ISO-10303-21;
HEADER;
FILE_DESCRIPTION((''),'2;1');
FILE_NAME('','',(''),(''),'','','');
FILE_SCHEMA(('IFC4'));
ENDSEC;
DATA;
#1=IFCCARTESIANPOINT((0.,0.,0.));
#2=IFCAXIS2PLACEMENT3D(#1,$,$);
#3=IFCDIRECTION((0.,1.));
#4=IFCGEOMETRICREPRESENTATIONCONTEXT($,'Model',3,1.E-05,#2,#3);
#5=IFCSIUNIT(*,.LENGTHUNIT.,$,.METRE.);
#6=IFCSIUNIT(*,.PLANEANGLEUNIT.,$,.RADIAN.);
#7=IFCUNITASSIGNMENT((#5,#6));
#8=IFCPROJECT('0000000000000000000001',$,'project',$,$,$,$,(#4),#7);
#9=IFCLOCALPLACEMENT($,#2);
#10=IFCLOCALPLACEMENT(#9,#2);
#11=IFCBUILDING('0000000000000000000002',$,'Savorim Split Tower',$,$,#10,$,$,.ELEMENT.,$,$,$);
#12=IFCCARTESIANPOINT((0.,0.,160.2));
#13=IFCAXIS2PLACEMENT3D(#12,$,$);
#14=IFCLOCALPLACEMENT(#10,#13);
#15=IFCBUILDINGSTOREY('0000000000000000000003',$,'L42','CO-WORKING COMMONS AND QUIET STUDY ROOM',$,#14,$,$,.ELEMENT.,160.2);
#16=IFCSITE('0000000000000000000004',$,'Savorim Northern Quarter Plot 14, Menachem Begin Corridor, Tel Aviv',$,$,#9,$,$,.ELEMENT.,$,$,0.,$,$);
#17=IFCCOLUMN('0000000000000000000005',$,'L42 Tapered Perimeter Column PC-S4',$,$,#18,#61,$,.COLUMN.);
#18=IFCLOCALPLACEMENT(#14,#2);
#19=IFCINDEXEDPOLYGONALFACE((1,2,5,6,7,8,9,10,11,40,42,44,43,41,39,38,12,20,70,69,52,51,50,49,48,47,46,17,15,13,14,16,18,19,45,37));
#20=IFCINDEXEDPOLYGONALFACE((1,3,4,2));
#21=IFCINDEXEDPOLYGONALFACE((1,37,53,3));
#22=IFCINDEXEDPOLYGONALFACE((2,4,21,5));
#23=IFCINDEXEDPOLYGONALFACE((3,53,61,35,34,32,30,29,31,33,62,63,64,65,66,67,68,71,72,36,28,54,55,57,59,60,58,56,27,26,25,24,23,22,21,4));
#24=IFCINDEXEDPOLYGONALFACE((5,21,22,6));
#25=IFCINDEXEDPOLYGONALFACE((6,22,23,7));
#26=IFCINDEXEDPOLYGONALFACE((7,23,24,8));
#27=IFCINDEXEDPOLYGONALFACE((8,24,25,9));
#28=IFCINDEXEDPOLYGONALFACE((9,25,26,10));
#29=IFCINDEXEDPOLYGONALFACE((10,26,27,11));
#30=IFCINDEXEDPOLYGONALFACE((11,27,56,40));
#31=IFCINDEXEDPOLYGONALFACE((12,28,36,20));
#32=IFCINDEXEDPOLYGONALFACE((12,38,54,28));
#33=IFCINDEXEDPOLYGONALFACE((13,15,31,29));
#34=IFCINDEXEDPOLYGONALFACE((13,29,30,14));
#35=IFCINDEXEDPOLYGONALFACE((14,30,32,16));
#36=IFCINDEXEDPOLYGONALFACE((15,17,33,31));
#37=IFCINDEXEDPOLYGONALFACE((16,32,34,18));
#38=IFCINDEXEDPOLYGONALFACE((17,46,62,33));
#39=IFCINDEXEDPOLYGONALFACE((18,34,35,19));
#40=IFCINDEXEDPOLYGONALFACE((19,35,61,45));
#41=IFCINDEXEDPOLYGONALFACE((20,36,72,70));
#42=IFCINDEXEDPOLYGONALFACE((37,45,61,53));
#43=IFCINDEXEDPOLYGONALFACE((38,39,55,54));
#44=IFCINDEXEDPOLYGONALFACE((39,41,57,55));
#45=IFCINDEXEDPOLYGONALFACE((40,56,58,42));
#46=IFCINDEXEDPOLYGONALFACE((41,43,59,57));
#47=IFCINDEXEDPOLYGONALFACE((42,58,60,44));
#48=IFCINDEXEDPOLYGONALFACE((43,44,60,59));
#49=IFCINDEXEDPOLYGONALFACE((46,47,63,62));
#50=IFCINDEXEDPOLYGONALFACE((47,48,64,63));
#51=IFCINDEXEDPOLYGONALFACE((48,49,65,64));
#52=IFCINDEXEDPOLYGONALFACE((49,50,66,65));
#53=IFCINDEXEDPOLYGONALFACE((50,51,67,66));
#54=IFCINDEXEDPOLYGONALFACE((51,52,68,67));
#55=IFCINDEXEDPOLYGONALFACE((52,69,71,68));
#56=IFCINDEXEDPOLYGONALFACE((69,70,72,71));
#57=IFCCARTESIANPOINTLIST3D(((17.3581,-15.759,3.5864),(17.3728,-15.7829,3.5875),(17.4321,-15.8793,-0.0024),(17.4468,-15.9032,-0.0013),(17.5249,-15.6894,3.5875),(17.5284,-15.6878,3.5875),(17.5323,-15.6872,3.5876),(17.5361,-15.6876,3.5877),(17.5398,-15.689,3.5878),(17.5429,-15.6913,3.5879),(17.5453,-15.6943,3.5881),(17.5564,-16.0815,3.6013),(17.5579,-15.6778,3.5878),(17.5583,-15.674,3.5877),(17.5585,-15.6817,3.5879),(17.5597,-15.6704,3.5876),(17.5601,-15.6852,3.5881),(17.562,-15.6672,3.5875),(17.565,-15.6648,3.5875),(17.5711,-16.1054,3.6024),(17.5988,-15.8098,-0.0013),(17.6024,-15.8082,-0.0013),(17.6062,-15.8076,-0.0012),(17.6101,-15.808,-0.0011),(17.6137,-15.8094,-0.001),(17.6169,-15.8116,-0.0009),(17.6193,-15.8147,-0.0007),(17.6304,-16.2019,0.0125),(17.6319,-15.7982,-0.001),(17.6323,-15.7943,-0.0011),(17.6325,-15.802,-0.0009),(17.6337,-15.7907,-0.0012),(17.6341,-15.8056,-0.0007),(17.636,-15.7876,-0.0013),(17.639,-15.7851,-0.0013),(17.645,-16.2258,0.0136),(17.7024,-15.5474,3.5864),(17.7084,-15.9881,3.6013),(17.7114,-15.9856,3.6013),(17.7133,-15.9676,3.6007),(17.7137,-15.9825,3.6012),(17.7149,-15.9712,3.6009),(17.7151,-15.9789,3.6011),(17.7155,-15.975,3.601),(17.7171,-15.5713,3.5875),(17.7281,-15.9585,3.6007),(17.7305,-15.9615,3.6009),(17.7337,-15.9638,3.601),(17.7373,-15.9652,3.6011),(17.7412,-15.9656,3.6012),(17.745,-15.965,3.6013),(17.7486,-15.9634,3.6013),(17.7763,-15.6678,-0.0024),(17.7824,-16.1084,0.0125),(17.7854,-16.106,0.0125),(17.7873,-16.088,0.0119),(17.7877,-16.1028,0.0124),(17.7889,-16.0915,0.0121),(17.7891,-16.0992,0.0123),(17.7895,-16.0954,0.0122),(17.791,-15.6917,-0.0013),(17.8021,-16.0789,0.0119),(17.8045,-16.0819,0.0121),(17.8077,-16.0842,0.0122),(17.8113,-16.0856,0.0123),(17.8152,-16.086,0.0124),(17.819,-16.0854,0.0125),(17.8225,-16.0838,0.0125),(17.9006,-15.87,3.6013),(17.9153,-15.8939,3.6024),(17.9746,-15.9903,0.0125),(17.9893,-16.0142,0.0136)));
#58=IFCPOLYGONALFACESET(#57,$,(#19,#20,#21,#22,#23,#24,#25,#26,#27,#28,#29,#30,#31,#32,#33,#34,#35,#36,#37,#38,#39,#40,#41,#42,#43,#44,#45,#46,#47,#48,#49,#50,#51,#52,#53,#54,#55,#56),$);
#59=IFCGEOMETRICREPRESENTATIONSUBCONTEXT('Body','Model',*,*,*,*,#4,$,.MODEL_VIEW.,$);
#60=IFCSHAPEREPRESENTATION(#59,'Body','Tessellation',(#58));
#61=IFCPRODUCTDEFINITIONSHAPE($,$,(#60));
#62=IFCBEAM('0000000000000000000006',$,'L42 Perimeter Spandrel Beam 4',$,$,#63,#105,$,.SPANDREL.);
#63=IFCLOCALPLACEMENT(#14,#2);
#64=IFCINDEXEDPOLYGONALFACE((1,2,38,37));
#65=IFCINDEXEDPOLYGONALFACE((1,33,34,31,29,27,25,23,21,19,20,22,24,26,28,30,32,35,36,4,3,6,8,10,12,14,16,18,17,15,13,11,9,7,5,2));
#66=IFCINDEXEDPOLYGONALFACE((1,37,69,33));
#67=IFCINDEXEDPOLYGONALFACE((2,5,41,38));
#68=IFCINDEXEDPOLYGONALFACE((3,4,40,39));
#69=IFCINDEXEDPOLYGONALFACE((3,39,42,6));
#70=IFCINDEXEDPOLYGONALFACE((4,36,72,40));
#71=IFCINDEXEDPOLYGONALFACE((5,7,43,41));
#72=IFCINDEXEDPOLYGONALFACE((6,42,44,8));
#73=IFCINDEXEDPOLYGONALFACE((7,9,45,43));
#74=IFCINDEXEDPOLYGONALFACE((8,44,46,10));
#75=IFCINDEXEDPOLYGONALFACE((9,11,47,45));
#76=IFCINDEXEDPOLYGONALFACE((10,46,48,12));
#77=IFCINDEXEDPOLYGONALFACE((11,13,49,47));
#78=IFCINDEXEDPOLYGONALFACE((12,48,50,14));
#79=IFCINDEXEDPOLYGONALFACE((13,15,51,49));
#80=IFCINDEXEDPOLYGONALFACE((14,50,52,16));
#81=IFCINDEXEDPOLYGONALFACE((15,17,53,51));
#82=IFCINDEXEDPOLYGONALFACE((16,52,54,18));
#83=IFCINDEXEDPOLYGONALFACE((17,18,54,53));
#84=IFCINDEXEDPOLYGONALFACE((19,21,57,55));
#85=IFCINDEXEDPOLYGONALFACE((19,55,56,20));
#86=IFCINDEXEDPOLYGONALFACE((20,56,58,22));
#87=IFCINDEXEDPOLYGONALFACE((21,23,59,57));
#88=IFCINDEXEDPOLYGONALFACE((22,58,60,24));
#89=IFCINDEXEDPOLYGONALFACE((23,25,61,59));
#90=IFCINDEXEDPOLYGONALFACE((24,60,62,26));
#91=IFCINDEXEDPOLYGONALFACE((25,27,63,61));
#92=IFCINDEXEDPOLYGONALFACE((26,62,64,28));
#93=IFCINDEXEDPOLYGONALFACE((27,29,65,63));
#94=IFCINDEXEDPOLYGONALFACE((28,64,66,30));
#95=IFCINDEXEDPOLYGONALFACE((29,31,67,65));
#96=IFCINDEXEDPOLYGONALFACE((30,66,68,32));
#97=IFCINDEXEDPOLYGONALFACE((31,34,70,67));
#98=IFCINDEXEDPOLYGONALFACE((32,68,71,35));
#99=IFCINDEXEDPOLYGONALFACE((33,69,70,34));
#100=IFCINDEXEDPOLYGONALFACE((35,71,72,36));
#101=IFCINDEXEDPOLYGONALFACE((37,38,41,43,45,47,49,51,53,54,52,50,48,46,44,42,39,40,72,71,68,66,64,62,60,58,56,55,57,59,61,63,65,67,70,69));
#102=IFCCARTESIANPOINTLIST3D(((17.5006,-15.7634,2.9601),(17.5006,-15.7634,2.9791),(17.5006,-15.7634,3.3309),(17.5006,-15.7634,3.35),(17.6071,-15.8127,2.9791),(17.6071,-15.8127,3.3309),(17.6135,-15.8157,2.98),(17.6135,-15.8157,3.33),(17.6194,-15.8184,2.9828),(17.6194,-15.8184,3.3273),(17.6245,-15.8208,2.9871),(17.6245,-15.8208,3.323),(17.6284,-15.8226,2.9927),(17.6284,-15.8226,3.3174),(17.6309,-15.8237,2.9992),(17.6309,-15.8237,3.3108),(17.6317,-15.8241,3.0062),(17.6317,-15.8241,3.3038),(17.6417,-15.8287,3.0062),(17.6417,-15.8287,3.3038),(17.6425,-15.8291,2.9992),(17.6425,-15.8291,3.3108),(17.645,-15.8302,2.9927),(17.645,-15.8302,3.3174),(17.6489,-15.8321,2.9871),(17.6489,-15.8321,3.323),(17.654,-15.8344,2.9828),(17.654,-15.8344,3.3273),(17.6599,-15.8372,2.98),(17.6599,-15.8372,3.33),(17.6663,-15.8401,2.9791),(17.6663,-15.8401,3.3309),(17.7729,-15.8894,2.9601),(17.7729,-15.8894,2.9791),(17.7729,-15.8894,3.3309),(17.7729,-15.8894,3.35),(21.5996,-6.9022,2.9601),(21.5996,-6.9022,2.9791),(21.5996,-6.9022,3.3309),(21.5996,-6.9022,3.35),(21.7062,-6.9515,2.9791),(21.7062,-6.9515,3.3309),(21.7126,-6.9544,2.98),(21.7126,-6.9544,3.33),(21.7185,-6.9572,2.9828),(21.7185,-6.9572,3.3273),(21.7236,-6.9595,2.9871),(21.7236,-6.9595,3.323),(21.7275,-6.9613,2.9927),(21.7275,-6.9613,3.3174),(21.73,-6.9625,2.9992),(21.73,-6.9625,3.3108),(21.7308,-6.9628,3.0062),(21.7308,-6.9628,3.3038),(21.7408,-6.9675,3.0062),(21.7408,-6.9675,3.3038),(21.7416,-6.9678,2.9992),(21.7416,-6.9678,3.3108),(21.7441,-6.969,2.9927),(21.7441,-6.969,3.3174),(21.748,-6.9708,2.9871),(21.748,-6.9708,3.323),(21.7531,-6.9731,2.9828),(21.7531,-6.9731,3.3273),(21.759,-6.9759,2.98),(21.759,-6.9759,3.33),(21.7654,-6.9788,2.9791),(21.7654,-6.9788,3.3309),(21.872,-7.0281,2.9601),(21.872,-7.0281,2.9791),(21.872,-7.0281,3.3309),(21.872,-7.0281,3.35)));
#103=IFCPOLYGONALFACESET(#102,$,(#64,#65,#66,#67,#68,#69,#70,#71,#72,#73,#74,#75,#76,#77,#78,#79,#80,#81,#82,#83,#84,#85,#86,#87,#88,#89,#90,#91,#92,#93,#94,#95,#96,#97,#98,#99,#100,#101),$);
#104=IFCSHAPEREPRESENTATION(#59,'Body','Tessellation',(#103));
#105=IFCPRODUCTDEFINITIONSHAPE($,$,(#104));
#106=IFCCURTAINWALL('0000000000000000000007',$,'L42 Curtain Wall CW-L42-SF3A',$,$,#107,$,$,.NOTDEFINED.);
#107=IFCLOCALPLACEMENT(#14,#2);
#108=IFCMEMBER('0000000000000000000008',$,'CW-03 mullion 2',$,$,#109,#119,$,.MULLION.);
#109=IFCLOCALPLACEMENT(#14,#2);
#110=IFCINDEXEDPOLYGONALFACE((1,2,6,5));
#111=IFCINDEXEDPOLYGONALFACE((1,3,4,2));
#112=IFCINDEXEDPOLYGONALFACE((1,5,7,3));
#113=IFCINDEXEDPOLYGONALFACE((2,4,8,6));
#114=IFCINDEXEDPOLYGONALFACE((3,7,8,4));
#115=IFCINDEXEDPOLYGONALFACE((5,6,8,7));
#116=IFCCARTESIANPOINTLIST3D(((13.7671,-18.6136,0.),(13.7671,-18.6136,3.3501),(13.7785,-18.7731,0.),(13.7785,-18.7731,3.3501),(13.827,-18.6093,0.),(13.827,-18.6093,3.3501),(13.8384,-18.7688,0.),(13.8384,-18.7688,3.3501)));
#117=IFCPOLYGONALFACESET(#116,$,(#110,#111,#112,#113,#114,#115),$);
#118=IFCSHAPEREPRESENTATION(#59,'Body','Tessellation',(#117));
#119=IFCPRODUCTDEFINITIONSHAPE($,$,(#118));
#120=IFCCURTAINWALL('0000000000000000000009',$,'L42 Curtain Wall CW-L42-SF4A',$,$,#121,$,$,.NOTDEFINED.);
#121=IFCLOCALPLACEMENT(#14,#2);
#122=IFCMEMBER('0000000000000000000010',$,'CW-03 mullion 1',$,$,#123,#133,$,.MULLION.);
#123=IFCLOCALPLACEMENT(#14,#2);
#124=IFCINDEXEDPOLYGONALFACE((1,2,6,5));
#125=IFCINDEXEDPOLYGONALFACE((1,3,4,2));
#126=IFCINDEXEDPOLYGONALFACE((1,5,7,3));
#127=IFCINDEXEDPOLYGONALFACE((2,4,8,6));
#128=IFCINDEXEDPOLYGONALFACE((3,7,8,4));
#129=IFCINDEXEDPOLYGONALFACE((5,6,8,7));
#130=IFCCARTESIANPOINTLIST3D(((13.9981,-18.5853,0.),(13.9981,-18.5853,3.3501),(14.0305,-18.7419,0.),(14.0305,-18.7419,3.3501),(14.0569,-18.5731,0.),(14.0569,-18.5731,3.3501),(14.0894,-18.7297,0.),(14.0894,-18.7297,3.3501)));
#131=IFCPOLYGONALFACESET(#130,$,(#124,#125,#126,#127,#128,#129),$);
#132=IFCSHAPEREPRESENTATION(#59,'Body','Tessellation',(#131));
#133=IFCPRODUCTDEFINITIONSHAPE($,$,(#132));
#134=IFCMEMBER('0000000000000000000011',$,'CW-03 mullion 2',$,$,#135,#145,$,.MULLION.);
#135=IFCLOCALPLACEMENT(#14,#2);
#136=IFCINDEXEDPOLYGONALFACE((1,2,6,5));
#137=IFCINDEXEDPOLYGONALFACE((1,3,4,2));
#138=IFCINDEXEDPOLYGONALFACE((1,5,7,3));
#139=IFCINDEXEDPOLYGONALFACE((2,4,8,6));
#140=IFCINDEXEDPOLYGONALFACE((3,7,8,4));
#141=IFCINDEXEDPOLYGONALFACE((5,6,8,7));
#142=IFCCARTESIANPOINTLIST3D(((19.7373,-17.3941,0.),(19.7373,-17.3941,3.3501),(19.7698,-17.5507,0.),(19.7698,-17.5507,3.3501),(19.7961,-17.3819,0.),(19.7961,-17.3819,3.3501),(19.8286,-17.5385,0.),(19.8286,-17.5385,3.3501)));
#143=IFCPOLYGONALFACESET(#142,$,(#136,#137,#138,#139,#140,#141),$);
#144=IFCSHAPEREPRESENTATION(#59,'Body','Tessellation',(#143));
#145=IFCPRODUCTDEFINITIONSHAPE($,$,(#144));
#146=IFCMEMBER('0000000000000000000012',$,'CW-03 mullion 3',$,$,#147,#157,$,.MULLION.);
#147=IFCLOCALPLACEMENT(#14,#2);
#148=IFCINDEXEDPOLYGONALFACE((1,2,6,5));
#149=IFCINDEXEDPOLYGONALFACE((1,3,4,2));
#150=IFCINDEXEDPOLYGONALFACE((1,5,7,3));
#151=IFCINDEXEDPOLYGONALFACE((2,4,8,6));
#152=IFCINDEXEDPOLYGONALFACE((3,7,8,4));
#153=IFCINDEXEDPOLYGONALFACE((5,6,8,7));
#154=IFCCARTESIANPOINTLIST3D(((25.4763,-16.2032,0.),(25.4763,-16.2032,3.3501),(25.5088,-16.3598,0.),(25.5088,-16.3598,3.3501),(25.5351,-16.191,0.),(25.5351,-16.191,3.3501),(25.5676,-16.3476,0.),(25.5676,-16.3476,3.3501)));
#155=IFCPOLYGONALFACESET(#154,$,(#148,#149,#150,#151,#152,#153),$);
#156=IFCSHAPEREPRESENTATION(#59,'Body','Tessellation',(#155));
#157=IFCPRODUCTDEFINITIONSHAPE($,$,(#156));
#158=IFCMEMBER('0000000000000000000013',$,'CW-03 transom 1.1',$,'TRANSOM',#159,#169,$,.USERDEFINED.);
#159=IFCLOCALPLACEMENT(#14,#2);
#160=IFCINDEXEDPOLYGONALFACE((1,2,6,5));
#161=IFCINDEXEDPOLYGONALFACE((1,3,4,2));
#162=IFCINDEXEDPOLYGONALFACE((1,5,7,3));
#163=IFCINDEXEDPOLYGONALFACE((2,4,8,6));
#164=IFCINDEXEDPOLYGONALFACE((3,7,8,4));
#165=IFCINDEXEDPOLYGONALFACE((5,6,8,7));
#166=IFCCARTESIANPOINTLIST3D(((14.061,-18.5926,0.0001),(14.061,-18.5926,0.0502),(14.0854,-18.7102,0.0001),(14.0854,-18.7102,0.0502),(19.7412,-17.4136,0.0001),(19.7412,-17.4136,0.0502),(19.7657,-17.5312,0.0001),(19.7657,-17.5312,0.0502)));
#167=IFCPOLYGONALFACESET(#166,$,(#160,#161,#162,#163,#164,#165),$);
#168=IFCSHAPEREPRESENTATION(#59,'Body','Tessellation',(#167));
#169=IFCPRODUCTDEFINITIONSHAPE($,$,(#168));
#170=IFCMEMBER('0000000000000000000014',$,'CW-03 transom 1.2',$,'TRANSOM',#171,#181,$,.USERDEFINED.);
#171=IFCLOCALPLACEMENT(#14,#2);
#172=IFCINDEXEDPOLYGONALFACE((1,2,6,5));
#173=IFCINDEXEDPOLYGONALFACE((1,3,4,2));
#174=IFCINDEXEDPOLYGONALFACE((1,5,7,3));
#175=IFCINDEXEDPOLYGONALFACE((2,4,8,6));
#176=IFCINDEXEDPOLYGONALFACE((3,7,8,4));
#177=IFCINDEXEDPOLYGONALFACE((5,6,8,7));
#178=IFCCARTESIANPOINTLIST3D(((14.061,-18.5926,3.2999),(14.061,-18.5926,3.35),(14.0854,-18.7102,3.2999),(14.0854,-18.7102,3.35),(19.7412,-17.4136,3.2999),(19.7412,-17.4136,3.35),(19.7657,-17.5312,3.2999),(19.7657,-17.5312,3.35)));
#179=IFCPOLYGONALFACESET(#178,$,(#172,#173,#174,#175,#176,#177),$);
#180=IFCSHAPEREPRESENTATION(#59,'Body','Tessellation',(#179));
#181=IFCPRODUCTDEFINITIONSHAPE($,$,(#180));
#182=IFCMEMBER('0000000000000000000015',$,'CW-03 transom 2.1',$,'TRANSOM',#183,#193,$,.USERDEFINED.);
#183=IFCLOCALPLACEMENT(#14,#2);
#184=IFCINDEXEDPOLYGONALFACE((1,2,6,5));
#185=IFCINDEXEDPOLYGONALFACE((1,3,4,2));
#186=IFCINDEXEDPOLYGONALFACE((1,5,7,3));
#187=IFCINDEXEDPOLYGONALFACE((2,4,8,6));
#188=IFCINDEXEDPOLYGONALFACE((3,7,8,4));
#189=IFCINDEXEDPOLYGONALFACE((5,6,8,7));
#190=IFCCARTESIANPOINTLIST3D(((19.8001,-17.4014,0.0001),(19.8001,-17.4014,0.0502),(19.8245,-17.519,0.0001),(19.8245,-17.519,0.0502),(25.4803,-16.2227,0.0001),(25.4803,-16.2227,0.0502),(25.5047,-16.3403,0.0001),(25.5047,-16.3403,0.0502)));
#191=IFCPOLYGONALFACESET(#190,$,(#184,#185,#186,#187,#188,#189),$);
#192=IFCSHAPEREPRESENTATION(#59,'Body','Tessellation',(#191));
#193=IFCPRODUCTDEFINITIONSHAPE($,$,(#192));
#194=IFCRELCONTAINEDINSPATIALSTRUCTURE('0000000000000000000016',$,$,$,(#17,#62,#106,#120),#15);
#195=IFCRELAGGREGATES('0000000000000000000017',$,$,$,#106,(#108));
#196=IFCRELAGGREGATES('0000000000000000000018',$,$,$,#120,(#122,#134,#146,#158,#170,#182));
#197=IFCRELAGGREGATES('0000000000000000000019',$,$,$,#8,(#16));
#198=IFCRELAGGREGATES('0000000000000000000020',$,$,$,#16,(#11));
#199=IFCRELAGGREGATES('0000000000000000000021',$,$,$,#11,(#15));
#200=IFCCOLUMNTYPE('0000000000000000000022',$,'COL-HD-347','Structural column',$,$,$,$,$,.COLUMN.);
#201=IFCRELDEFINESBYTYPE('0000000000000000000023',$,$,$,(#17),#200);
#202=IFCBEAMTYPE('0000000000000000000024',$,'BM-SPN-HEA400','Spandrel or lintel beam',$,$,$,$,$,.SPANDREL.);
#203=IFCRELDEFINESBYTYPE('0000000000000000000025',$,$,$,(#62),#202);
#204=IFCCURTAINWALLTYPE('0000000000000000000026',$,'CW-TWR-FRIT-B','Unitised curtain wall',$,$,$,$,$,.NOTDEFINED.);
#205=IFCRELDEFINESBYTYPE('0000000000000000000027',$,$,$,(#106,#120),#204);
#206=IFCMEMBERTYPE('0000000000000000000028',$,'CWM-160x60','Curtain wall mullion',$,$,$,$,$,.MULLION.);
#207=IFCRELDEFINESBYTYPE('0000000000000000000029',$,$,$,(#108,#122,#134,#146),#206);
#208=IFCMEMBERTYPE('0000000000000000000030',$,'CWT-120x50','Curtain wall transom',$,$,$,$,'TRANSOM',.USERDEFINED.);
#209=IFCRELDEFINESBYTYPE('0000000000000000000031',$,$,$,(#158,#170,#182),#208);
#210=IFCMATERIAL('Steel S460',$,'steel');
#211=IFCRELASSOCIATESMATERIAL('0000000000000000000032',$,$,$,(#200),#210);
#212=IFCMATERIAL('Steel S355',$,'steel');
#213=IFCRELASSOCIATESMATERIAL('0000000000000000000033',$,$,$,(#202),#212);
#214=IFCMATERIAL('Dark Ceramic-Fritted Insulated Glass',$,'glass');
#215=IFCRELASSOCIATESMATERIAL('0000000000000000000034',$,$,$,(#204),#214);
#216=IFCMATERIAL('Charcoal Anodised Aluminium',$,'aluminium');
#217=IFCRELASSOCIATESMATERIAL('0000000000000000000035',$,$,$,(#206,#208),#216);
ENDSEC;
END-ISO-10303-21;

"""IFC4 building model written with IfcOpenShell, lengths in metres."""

from ifc_helpers import new_model, si_unit, direction, frame, origin, origin_2d, place, context, subcontext, project, spatial, rectangle, i_section, extrude, material, material_profile, profile_set, type_object, element, aggregate, save


model = new_model("IFC4")

# Units and contexts
model_context = context("Model", 3, precision=1e-05, world=origin(), true_north=direction((0.0, 1.0)))
body_context = subcontext(model_context, "Body", "Model", "MODEL_VIEW")
ifc_project = project(units=[si_unit("LENGTHUNIT", "METRE"), si_unit("PLANEANGLEUNIT", "RADIAN")], contexts=[model_context])

# Site, building, storey
site_placement = place(None, origin())
site = spatial("IfcSite", under=ifc_project, at=site_placement, Name="Savorim Northern Quarter Plot 14, Menachem Begin Corridor, Tel Aviv", CompositionType="ELEMENT", RefElevation=0.0)
building_placement = place(site_placement, origin())
building = spatial("IfcBuilding", under=site, at=building_placement, Name="Savorim Split Tower", CompositionType="ELEMENT")
storey_placement = place(building_placement, frame((0.0, 0.0, 160.2)))
storey = spatial("IfcBuildingStorey", under=building, at=storey_placement, Name="L42", Description="CO-WORKING COMMONS AND QUIET STUDY ROOM", CompositionType="ELEMENT", Elevation=160.2)

# Column
ifc_material_1 = material(Name="Steel S460", Category="steel")
ifc_material_profile_1 = material_profile(ifc_material_1, i_section(OverallWidth=0.4041, OverallDepth=0.407, WebThickness=0.0173, FlangeThickness=0.0281, FilletRadius=0.0149, at=origin_2d()), Name="HD 400x347")
ifc_profile_set_1 = profile_set([ifc_material_profile_1], Name="Steel S460")
column_type = type_object("IfcColumnType", Name="COL-HD-347", Description="Structural column", PredefinedType="COLUMN", material=ifc_profile_set_1)
column_placement = place(storey_placement, frame((17.7107, -15.9468, 0.0056), z_axis=(-0.020596, 0.033511, 0.999226), x_axis=(-0.851955, -0.523615, 0.0)))
element("IfcColumn", 1, at=column_placement, inside=storey, type_object=column_type, Name="L42 Tapered Perimeter Column PC-S4", PredefinedType="COLUMN", context=body_context, shape_type="SweptSolid", body=[
    extrude(i_section(OverallWidth=0.4041, OverallDepth=0.407, WebThickness=0.0173, FlangeThickness=0.0281, FilletRadius=0.0149, at=origin_2d()), origin(), (0.0, 0.0, 1.0), 3.5916),
])

# Beam
ifc_material_2 = material(Name="Steel S355", Category="steel")
ifc_material_profile_2 = material_profile(ifc_material_2, i_section(OverallWidth=0.3, OverallDepth=0.3899, WebThickness=0.011, FlangeThickness=0.019, FilletRadius=0.0271, at=origin_2d()), Name="HEA 400")
ifc_profile_set_2 = profile_set([ifc_material_profile_2], Name="Steel S355")
beam_type = type_object("IfcBeamType", Name="BM-SPN-HEA400", Description="Spandrel or lintel beam", PredefinedType="SPANDREL", material=ifc_profile_set_2)
beam_placement = place(storey_placement, frame((17.6367, -15.8264, 3.155), z_axis=(0.419841, 0.907598, 0.0), x_axis=(-0.907598, 0.419841, 0.0)))
element("IfcBeam", 2, at=beam_placement, inside=storey, type_object=beam_type, Name="L42 Perimeter Spandrel Beam 4", PredefinedType="SPANDREL", context=body_context, shape_type="SweptSolid", body=[
    extrude(i_section(OverallWidth=0.3, OverallDepth=0.3899, WebThickness=0.011, FlangeThickness=0.019, FilletRadius=0.0271, at=origin_2d()), origin(), (0.0, 0.0, 1.0), 9.7634),
])

# Curtain wall, member
ifc_material_3 = material(Name="Dark Ceramic-Fritted Insulated Glass", Category="glass")
curtain_wall_type = type_object("IfcCurtainWallType", Name="CW-TWR-FRIT-B", Description="Unitised curtain wall", PredefinedType="NOTDEFINED", material=ifc_material_3)
curtain_wall_1_placement = place(storey_placement, origin())
curtain_wall_1 = element("IfcCurtainWall", 3, at=curtain_wall_1_placement, inside=storey, type_object=curtain_wall_type, Name="L42 Curtain Wall CW-L42-SF3A", PredefinedType="NOTDEFINED")
ifc_material_4 = material(Name="Charcoal Anodised Aluminium", Category="aluminium")
ifc_material_profile_3 = material_profile(ifc_material_4, rectangle(XDim=0.1599, YDim=0.0601, at=origin_2d()), Name="ALU-M 160x60")
ifc_profile_set_3 = profile_set([ifc_material_profile_3], Name="Charcoal Anodised Aluminium")
member_type_1 = type_object("IfcMemberType", Name="CWM-160x60", Description="Curtain wall mullion", PredefinedType="MULLION", material=ifc_profile_set_3)
member_1_placement = place(storey_placement, frame((13.8027, -18.6912, 0.0), z_axis=(0.0, 0.0, 1.0), x_axis=(-0.071553, 0.997437, 0.0)))
member_1 = element("IfcMember", 4, at=member_1_placement, type_object=member_type_1, Name="CW-03 mullion 2", PredefinedType="MULLION", context=body_context, shape_type="SweptSolid", body=[
    extrude(rectangle(XDim=0.1599, YDim=0.0601, at=origin_2d()), origin(), (0.0, 0.0, 1.0), 3.3501),
])
aggregate(curtain_wall_1, [member_1])

# Curtain wall, members
curtain_wall_2_placement = place(storey_placement, origin())
curtain_wall_2 = element("IfcCurtainWall", 5, at=curtain_wall_2_placement, inside=storey, type_object=curtain_wall_type, Name="L42 Curtain Wall CW-L42-SF4A", PredefinedType="NOTDEFINED")
member_2_placement = place(storey_placement, frame((14.0437, -18.6575, 0.0), z_axis=(0.0, 0.0, 1.0), x_axis=(-0.203212, 0.979135, 0.0)))
member_2 = element("IfcMember", 6, at=member_2_placement, type_object=member_type_1, Name="CW-03 mullion 1", PredefinedType="MULLION", context=body_context, shape_type="SweptSolid", body=[
    extrude(rectangle(XDim=0.1599, YDim=0.0601, at=origin_2d()), origin(), (0.0, 0.0, 1.0), 3.3501),
])
member_3_placement = place(storey_placement, frame((19.783, -17.4663, 0.0), z_axis=(0.0, 0.0, 1.0), x_axis=(-0.203212, 0.979135, 0.0)))
member_3 = element("IfcMember", 7, at=member_3_placement, type_object=member_type_1, Name="CW-03 mullion 2", PredefinedType="MULLION", context=body_context, shape_type="SweptSolid", body=[
    extrude(rectangle(XDim=0.1599, YDim=0.0601, at=origin_2d()), origin(), (0.0, 0.0, 1.0), 3.3501),
])
member_4_placement = place(storey_placement, frame((25.522, -16.2754, 0.0), z_axis=(0.0, 0.0, 1.0), x_axis=(-0.203212, 0.979135, 0.0)))
member_4 = element("IfcMember", 8, at=member_4_placement, type_object=member_type_1, Name="CW-03 mullion 3", PredefinedType="MULLION", context=body_context, shape_type="SweptSolid", body=[
    extrude(rectangle(XDim=0.1599, YDim=0.0601, at=origin_2d()), origin(), (0.0, 0.0, 1.0), 3.3501),
])
ifc_material_profile_4 = material_profile(ifc_material_4, rectangle(XDim=0.1201, YDim=0.05, at=origin_2d()), Name="ALU-T 120x50")
ifc_profile_set_4 = profile_set([ifc_material_profile_4], Name="Charcoal Anodised Aluminium")
member_type_2 = type_object("IfcMemberType", Name="CWT-120x50", Description="Curtain wall transom", ElementType="TRANSOM", PredefinedType="USERDEFINED", material=ifc_profile_set_4)
member_5_placement = place(storey_placement, frame((14.0732, -18.6514, 0.0251), z_axis=(0.979132, 0.203225, 0.0), x_axis=(-0.203225, 0.979132, 0.0)))
member_5 = element("IfcMember", 9, at=member_5_placement, type_object=member_type_2, Name="CW-03 transom 1.1", ObjectType="TRANSOM", PredefinedType="USERDEFINED", context=body_context, shape_type="SweptSolid", body=[
    extrude(rectangle(XDim=0.1201, YDim=0.05, at=origin_2d()), origin(), (0.0, 0.0, 1.0), 5.8013),
])
member_6_placement = place(storey_placement, frame((14.0732, -18.6514, 3.325), z_axis=(0.979132, 0.203225, 0.0), x_axis=(-0.203225, 0.979132, 0.0)))
member_6 = element("IfcMember", 10, at=member_6_placement, type_object=member_type_2, Name="CW-03 transom 1.2", ObjectType="TRANSOM", PredefinedType="USERDEFINED", context=body_context, shape_type="SweptSolid", body=[
    extrude(rectangle(XDim=0.1201, YDim=0.05, at=origin_2d()), origin(), (0.0, 0.0, 1.0), 5.8013),
])
member_7_placement = place(storey_placement, frame((19.8123, -17.4602, 0.0251), z_axis=(0.97914, 0.203184, 0.0), x_axis=(-0.203184, 0.97914, 0.0)))
member_7 = element("IfcMember", 11, at=member_7_placement, type_object=member_type_2, Name="CW-03 transom 2.1", ObjectType="TRANSOM", PredefinedType="USERDEFINED", context=body_context, shape_type="SweptSolid", body=[
    extrude(rectangle(XDim=0.1201, YDim=0.05, at=origin_2d()), origin(), (0.0, 0.0, 1.0), 5.8013),
])
aggregate(curtain_wall_2, [member_2, member_3, member_4, member_5, member_6, member_7])

save(model, "model.ifc")
